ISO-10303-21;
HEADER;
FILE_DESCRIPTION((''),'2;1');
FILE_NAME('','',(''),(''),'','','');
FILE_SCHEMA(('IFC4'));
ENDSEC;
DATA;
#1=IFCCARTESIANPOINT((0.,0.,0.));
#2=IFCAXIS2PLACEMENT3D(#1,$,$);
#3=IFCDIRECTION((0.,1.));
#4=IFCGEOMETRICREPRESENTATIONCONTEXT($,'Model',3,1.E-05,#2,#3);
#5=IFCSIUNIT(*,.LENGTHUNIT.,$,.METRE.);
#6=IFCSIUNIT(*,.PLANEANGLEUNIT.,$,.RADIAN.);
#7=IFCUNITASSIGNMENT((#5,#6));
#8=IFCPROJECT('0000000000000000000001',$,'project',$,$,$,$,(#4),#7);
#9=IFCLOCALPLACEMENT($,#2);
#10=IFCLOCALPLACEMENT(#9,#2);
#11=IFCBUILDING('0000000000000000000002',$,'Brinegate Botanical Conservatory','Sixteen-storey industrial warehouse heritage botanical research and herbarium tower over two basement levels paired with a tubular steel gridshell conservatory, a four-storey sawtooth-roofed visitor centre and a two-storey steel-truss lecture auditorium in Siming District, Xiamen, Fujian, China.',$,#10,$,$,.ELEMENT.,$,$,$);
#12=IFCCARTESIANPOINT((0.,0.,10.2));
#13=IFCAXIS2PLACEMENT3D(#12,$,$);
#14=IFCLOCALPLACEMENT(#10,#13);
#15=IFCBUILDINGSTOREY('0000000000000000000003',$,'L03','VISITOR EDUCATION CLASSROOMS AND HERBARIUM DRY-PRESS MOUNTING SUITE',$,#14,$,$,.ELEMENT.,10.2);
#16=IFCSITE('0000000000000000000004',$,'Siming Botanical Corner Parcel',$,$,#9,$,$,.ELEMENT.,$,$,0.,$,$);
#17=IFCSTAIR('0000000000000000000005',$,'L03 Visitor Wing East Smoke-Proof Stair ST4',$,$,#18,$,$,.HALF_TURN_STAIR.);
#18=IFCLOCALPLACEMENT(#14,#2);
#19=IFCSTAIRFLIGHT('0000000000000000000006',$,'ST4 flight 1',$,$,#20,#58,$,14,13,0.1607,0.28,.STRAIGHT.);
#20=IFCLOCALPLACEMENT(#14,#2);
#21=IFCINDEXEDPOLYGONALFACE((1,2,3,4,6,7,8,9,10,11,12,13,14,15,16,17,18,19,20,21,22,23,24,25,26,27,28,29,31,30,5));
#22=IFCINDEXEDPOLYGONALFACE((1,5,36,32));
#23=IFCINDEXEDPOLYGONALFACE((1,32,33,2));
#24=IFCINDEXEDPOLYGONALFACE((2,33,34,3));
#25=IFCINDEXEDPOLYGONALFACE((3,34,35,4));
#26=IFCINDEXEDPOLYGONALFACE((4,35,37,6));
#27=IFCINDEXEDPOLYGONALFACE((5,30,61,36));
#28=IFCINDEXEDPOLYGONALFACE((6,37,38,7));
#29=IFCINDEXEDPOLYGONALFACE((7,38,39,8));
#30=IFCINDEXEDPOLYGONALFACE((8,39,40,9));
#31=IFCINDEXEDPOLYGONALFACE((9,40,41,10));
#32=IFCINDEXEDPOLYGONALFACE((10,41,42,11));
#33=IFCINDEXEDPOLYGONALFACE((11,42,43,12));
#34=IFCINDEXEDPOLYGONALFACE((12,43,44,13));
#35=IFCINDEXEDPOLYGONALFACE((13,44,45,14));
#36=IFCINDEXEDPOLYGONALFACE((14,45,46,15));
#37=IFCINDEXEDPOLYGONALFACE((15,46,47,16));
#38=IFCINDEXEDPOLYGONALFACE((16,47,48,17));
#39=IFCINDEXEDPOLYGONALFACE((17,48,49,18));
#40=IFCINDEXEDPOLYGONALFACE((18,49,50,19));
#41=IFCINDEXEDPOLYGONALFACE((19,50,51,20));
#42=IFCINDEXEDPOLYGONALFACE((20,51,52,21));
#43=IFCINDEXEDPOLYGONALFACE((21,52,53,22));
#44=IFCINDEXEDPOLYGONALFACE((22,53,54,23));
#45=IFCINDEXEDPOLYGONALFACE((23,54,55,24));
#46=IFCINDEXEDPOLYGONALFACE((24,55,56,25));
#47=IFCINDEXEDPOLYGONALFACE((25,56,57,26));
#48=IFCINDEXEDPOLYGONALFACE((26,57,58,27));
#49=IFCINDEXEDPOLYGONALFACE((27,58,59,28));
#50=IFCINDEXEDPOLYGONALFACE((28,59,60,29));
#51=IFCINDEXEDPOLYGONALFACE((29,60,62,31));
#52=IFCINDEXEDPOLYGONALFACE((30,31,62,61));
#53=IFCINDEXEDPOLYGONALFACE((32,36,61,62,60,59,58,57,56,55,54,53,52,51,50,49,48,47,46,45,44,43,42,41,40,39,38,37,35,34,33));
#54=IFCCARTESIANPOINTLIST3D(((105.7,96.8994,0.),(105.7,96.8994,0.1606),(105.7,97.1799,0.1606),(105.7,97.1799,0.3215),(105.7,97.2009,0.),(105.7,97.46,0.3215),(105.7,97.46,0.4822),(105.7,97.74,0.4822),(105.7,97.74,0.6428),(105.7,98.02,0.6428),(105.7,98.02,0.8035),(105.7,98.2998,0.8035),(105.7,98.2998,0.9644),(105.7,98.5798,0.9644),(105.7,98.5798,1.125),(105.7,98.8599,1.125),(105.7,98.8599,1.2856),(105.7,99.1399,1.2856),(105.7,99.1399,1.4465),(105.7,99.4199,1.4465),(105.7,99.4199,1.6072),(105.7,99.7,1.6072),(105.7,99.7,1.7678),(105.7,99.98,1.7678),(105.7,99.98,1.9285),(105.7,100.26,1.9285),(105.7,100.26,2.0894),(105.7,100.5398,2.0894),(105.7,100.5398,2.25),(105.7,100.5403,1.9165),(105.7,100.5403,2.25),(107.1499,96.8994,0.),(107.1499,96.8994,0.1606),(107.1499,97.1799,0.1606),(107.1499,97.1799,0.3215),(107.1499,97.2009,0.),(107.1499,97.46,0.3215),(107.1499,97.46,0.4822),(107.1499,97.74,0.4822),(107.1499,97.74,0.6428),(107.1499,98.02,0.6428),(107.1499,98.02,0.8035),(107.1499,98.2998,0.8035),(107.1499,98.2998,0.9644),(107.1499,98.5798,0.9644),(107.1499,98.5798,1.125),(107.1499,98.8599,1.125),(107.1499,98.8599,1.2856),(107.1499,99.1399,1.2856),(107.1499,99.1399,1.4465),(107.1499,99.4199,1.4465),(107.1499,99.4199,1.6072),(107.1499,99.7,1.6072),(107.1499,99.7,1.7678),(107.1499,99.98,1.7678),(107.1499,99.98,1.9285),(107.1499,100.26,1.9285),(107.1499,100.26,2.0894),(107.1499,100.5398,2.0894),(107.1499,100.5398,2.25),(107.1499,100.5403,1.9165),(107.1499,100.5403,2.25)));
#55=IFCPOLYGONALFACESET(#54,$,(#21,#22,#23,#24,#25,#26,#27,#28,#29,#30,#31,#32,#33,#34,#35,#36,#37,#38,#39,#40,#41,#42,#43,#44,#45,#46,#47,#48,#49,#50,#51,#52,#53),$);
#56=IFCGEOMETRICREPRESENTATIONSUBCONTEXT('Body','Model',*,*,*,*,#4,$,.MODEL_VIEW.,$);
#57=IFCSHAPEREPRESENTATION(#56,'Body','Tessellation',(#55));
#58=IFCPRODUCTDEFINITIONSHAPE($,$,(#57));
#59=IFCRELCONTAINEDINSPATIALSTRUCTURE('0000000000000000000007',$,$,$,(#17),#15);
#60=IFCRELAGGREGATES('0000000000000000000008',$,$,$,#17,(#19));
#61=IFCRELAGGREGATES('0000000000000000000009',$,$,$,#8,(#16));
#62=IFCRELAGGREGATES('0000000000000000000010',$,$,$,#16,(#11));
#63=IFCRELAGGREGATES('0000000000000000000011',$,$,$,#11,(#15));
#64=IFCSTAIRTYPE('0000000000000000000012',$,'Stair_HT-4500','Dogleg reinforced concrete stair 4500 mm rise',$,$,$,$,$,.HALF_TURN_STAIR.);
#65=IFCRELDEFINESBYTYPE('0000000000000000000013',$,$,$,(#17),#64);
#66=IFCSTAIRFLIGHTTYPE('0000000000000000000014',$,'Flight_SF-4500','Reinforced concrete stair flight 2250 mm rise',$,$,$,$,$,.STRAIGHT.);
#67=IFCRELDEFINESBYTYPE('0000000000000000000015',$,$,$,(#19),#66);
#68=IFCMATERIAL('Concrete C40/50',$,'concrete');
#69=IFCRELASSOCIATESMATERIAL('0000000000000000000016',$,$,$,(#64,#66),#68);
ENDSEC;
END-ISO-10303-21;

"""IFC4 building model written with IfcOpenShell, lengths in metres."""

from ifc_helpers import new_model, si_unit, direction, frame, origin, place, context, subcontext, project, spatial, polyline, outline, extrude, material, type_object, element, aggregate, save


model = new_model("IFC4")

# Units and contexts
model_context = context("Model", 3, precision=1e-05, world=origin(), true_north=direction((0.0, 1.0)))
body_context = subcontext(model_context, "Body", "Model", "MODEL_VIEW")
ifc_project = project(units=[si_unit("LENGTHUNIT", "METRE"), si_unit("PLANEANGLEUNIT", "RADIAN")], contexts=[model_context])

# Site, building, storey
site_placement = place(None, origin())
site = spatial("IfcSite", under=ifc_project, at=site_placement, Name="Siming Botanical Corner Parcel", CompositionType="ELEMENT", RefElevation=0.0)
building_placement = place(site_placement, origin())
building = spatial("IfcBuilding", under=site, at=building_placement, Name="Brinegate Botanical Conservatory", Description="Sixteen-storey industrial warehouse heritage botanical research and herbarium tower over two basement levels paired with a tubular steel gridshell conservatory, a four-storey sawtooth-roofed visitor centre and a two-storey steel-truss lecture auditorium in Siming District, Xiamen, Fujian, China.", CompositionType="ELEMENT")
storey_placement = place(building_placement, frame((0.0, 0.0, 10.2)))
storey = spatial("IfcBuildingStorey", under=building, at=storey_placement, Name="L03", Description="VISITOR EDUCATION CLASSROOMS AND HERBARIUM DRY-PRESS MOUNTING SUITE", CompositionType="ELEMENT", Elevation=10.2)

# Shared definitions
ifc_material_1 = material(Name="Concrete C40/50", Category="concrete")

# Stair, stair flight
stair_type = type_object("IfcStairType", Name="Stair_HT-4500", Description="Dogleg reinforced concrete stair 4500 mm rise", PredefinedType="HALF_TURN_STAIR", material=ifc_material_1)
stair_placement = place(storey_placement, origin())
stair = element("IfcStair", 1, at=stair_placement, inside=storey, type_object=stair_type, Name="L03 Visitor Wing East Smoke-Proof Stair ST4", PredefinedType="HALF_TURN_STAIR")
stair_flight_type = type_object("IfcStairFlightType", Name="Flight_SF-4500", Description="Reinforced concrete stair flight 2250 mm rise", PredefinedType="STRAIGHT", material=ifc_material_1)
stair_flight_placement = place(storey_placement, frame((106.425, 96.8999, 0.0), z_axis=(0.0, 0.0, 1.0), x_axis=(0.0, 1.0, 0.0)))
stair_flight = element("IfcStairFlight", 2, at=stair_flight_placement, type_object=stair_flight_type, Name="ST4 flight 1", NumberOfRisers=14, NumberOfTreads=13, PredefinedType="STRAIGHT", RiserHeight=0.1607, TreadLength=0.28, context=body_context, shape_type="SweptSolid", body=[
    extrude(outline(polyline([(-0.0005, 0.0), (-0.0005, 0.1606), (0.28, 0.1606), (0.28, 0.3215), (0.5601, 0.3215), (0.5601, 0.4822), (0.8401, 0.4822), (0.8401, 0.6428), (1.1201, 0.6428), (1.1201, 0.8035), (1.3999, 0.8035), (1.3999, 0.9644), (1.6799, 0.9644), (1.6799, 1.125), (1.96, 1.125), (1.96, 1.2856), (2.24, 1.2856), (2.24, 1.4465), (2.52, 1.4465), (2.52, 1.6072), (2.8, 1.6072), (2.8, 1.7678), (3.0801, 1.7678), (3.0801, 1.9285), (3.3601, 1.9285), (3.3601, 2.0894), (3.6399, 2.0894), (3.6399, 2.25), (3.6404, 2.25), (3.6404, 1.9165), (0.301, 0.0), (-0.0005, 0.0)])), frame((0.0, 0.7251, 0.0), z_axis=(0.0, -1.0, 0.0), x_axis=(1.0, 0.0, 0.0)), (0.0, 0.0, 1.0), 1.45),
])
aggregate(stair, [stair_flight])

save(model, "model.ifc")
